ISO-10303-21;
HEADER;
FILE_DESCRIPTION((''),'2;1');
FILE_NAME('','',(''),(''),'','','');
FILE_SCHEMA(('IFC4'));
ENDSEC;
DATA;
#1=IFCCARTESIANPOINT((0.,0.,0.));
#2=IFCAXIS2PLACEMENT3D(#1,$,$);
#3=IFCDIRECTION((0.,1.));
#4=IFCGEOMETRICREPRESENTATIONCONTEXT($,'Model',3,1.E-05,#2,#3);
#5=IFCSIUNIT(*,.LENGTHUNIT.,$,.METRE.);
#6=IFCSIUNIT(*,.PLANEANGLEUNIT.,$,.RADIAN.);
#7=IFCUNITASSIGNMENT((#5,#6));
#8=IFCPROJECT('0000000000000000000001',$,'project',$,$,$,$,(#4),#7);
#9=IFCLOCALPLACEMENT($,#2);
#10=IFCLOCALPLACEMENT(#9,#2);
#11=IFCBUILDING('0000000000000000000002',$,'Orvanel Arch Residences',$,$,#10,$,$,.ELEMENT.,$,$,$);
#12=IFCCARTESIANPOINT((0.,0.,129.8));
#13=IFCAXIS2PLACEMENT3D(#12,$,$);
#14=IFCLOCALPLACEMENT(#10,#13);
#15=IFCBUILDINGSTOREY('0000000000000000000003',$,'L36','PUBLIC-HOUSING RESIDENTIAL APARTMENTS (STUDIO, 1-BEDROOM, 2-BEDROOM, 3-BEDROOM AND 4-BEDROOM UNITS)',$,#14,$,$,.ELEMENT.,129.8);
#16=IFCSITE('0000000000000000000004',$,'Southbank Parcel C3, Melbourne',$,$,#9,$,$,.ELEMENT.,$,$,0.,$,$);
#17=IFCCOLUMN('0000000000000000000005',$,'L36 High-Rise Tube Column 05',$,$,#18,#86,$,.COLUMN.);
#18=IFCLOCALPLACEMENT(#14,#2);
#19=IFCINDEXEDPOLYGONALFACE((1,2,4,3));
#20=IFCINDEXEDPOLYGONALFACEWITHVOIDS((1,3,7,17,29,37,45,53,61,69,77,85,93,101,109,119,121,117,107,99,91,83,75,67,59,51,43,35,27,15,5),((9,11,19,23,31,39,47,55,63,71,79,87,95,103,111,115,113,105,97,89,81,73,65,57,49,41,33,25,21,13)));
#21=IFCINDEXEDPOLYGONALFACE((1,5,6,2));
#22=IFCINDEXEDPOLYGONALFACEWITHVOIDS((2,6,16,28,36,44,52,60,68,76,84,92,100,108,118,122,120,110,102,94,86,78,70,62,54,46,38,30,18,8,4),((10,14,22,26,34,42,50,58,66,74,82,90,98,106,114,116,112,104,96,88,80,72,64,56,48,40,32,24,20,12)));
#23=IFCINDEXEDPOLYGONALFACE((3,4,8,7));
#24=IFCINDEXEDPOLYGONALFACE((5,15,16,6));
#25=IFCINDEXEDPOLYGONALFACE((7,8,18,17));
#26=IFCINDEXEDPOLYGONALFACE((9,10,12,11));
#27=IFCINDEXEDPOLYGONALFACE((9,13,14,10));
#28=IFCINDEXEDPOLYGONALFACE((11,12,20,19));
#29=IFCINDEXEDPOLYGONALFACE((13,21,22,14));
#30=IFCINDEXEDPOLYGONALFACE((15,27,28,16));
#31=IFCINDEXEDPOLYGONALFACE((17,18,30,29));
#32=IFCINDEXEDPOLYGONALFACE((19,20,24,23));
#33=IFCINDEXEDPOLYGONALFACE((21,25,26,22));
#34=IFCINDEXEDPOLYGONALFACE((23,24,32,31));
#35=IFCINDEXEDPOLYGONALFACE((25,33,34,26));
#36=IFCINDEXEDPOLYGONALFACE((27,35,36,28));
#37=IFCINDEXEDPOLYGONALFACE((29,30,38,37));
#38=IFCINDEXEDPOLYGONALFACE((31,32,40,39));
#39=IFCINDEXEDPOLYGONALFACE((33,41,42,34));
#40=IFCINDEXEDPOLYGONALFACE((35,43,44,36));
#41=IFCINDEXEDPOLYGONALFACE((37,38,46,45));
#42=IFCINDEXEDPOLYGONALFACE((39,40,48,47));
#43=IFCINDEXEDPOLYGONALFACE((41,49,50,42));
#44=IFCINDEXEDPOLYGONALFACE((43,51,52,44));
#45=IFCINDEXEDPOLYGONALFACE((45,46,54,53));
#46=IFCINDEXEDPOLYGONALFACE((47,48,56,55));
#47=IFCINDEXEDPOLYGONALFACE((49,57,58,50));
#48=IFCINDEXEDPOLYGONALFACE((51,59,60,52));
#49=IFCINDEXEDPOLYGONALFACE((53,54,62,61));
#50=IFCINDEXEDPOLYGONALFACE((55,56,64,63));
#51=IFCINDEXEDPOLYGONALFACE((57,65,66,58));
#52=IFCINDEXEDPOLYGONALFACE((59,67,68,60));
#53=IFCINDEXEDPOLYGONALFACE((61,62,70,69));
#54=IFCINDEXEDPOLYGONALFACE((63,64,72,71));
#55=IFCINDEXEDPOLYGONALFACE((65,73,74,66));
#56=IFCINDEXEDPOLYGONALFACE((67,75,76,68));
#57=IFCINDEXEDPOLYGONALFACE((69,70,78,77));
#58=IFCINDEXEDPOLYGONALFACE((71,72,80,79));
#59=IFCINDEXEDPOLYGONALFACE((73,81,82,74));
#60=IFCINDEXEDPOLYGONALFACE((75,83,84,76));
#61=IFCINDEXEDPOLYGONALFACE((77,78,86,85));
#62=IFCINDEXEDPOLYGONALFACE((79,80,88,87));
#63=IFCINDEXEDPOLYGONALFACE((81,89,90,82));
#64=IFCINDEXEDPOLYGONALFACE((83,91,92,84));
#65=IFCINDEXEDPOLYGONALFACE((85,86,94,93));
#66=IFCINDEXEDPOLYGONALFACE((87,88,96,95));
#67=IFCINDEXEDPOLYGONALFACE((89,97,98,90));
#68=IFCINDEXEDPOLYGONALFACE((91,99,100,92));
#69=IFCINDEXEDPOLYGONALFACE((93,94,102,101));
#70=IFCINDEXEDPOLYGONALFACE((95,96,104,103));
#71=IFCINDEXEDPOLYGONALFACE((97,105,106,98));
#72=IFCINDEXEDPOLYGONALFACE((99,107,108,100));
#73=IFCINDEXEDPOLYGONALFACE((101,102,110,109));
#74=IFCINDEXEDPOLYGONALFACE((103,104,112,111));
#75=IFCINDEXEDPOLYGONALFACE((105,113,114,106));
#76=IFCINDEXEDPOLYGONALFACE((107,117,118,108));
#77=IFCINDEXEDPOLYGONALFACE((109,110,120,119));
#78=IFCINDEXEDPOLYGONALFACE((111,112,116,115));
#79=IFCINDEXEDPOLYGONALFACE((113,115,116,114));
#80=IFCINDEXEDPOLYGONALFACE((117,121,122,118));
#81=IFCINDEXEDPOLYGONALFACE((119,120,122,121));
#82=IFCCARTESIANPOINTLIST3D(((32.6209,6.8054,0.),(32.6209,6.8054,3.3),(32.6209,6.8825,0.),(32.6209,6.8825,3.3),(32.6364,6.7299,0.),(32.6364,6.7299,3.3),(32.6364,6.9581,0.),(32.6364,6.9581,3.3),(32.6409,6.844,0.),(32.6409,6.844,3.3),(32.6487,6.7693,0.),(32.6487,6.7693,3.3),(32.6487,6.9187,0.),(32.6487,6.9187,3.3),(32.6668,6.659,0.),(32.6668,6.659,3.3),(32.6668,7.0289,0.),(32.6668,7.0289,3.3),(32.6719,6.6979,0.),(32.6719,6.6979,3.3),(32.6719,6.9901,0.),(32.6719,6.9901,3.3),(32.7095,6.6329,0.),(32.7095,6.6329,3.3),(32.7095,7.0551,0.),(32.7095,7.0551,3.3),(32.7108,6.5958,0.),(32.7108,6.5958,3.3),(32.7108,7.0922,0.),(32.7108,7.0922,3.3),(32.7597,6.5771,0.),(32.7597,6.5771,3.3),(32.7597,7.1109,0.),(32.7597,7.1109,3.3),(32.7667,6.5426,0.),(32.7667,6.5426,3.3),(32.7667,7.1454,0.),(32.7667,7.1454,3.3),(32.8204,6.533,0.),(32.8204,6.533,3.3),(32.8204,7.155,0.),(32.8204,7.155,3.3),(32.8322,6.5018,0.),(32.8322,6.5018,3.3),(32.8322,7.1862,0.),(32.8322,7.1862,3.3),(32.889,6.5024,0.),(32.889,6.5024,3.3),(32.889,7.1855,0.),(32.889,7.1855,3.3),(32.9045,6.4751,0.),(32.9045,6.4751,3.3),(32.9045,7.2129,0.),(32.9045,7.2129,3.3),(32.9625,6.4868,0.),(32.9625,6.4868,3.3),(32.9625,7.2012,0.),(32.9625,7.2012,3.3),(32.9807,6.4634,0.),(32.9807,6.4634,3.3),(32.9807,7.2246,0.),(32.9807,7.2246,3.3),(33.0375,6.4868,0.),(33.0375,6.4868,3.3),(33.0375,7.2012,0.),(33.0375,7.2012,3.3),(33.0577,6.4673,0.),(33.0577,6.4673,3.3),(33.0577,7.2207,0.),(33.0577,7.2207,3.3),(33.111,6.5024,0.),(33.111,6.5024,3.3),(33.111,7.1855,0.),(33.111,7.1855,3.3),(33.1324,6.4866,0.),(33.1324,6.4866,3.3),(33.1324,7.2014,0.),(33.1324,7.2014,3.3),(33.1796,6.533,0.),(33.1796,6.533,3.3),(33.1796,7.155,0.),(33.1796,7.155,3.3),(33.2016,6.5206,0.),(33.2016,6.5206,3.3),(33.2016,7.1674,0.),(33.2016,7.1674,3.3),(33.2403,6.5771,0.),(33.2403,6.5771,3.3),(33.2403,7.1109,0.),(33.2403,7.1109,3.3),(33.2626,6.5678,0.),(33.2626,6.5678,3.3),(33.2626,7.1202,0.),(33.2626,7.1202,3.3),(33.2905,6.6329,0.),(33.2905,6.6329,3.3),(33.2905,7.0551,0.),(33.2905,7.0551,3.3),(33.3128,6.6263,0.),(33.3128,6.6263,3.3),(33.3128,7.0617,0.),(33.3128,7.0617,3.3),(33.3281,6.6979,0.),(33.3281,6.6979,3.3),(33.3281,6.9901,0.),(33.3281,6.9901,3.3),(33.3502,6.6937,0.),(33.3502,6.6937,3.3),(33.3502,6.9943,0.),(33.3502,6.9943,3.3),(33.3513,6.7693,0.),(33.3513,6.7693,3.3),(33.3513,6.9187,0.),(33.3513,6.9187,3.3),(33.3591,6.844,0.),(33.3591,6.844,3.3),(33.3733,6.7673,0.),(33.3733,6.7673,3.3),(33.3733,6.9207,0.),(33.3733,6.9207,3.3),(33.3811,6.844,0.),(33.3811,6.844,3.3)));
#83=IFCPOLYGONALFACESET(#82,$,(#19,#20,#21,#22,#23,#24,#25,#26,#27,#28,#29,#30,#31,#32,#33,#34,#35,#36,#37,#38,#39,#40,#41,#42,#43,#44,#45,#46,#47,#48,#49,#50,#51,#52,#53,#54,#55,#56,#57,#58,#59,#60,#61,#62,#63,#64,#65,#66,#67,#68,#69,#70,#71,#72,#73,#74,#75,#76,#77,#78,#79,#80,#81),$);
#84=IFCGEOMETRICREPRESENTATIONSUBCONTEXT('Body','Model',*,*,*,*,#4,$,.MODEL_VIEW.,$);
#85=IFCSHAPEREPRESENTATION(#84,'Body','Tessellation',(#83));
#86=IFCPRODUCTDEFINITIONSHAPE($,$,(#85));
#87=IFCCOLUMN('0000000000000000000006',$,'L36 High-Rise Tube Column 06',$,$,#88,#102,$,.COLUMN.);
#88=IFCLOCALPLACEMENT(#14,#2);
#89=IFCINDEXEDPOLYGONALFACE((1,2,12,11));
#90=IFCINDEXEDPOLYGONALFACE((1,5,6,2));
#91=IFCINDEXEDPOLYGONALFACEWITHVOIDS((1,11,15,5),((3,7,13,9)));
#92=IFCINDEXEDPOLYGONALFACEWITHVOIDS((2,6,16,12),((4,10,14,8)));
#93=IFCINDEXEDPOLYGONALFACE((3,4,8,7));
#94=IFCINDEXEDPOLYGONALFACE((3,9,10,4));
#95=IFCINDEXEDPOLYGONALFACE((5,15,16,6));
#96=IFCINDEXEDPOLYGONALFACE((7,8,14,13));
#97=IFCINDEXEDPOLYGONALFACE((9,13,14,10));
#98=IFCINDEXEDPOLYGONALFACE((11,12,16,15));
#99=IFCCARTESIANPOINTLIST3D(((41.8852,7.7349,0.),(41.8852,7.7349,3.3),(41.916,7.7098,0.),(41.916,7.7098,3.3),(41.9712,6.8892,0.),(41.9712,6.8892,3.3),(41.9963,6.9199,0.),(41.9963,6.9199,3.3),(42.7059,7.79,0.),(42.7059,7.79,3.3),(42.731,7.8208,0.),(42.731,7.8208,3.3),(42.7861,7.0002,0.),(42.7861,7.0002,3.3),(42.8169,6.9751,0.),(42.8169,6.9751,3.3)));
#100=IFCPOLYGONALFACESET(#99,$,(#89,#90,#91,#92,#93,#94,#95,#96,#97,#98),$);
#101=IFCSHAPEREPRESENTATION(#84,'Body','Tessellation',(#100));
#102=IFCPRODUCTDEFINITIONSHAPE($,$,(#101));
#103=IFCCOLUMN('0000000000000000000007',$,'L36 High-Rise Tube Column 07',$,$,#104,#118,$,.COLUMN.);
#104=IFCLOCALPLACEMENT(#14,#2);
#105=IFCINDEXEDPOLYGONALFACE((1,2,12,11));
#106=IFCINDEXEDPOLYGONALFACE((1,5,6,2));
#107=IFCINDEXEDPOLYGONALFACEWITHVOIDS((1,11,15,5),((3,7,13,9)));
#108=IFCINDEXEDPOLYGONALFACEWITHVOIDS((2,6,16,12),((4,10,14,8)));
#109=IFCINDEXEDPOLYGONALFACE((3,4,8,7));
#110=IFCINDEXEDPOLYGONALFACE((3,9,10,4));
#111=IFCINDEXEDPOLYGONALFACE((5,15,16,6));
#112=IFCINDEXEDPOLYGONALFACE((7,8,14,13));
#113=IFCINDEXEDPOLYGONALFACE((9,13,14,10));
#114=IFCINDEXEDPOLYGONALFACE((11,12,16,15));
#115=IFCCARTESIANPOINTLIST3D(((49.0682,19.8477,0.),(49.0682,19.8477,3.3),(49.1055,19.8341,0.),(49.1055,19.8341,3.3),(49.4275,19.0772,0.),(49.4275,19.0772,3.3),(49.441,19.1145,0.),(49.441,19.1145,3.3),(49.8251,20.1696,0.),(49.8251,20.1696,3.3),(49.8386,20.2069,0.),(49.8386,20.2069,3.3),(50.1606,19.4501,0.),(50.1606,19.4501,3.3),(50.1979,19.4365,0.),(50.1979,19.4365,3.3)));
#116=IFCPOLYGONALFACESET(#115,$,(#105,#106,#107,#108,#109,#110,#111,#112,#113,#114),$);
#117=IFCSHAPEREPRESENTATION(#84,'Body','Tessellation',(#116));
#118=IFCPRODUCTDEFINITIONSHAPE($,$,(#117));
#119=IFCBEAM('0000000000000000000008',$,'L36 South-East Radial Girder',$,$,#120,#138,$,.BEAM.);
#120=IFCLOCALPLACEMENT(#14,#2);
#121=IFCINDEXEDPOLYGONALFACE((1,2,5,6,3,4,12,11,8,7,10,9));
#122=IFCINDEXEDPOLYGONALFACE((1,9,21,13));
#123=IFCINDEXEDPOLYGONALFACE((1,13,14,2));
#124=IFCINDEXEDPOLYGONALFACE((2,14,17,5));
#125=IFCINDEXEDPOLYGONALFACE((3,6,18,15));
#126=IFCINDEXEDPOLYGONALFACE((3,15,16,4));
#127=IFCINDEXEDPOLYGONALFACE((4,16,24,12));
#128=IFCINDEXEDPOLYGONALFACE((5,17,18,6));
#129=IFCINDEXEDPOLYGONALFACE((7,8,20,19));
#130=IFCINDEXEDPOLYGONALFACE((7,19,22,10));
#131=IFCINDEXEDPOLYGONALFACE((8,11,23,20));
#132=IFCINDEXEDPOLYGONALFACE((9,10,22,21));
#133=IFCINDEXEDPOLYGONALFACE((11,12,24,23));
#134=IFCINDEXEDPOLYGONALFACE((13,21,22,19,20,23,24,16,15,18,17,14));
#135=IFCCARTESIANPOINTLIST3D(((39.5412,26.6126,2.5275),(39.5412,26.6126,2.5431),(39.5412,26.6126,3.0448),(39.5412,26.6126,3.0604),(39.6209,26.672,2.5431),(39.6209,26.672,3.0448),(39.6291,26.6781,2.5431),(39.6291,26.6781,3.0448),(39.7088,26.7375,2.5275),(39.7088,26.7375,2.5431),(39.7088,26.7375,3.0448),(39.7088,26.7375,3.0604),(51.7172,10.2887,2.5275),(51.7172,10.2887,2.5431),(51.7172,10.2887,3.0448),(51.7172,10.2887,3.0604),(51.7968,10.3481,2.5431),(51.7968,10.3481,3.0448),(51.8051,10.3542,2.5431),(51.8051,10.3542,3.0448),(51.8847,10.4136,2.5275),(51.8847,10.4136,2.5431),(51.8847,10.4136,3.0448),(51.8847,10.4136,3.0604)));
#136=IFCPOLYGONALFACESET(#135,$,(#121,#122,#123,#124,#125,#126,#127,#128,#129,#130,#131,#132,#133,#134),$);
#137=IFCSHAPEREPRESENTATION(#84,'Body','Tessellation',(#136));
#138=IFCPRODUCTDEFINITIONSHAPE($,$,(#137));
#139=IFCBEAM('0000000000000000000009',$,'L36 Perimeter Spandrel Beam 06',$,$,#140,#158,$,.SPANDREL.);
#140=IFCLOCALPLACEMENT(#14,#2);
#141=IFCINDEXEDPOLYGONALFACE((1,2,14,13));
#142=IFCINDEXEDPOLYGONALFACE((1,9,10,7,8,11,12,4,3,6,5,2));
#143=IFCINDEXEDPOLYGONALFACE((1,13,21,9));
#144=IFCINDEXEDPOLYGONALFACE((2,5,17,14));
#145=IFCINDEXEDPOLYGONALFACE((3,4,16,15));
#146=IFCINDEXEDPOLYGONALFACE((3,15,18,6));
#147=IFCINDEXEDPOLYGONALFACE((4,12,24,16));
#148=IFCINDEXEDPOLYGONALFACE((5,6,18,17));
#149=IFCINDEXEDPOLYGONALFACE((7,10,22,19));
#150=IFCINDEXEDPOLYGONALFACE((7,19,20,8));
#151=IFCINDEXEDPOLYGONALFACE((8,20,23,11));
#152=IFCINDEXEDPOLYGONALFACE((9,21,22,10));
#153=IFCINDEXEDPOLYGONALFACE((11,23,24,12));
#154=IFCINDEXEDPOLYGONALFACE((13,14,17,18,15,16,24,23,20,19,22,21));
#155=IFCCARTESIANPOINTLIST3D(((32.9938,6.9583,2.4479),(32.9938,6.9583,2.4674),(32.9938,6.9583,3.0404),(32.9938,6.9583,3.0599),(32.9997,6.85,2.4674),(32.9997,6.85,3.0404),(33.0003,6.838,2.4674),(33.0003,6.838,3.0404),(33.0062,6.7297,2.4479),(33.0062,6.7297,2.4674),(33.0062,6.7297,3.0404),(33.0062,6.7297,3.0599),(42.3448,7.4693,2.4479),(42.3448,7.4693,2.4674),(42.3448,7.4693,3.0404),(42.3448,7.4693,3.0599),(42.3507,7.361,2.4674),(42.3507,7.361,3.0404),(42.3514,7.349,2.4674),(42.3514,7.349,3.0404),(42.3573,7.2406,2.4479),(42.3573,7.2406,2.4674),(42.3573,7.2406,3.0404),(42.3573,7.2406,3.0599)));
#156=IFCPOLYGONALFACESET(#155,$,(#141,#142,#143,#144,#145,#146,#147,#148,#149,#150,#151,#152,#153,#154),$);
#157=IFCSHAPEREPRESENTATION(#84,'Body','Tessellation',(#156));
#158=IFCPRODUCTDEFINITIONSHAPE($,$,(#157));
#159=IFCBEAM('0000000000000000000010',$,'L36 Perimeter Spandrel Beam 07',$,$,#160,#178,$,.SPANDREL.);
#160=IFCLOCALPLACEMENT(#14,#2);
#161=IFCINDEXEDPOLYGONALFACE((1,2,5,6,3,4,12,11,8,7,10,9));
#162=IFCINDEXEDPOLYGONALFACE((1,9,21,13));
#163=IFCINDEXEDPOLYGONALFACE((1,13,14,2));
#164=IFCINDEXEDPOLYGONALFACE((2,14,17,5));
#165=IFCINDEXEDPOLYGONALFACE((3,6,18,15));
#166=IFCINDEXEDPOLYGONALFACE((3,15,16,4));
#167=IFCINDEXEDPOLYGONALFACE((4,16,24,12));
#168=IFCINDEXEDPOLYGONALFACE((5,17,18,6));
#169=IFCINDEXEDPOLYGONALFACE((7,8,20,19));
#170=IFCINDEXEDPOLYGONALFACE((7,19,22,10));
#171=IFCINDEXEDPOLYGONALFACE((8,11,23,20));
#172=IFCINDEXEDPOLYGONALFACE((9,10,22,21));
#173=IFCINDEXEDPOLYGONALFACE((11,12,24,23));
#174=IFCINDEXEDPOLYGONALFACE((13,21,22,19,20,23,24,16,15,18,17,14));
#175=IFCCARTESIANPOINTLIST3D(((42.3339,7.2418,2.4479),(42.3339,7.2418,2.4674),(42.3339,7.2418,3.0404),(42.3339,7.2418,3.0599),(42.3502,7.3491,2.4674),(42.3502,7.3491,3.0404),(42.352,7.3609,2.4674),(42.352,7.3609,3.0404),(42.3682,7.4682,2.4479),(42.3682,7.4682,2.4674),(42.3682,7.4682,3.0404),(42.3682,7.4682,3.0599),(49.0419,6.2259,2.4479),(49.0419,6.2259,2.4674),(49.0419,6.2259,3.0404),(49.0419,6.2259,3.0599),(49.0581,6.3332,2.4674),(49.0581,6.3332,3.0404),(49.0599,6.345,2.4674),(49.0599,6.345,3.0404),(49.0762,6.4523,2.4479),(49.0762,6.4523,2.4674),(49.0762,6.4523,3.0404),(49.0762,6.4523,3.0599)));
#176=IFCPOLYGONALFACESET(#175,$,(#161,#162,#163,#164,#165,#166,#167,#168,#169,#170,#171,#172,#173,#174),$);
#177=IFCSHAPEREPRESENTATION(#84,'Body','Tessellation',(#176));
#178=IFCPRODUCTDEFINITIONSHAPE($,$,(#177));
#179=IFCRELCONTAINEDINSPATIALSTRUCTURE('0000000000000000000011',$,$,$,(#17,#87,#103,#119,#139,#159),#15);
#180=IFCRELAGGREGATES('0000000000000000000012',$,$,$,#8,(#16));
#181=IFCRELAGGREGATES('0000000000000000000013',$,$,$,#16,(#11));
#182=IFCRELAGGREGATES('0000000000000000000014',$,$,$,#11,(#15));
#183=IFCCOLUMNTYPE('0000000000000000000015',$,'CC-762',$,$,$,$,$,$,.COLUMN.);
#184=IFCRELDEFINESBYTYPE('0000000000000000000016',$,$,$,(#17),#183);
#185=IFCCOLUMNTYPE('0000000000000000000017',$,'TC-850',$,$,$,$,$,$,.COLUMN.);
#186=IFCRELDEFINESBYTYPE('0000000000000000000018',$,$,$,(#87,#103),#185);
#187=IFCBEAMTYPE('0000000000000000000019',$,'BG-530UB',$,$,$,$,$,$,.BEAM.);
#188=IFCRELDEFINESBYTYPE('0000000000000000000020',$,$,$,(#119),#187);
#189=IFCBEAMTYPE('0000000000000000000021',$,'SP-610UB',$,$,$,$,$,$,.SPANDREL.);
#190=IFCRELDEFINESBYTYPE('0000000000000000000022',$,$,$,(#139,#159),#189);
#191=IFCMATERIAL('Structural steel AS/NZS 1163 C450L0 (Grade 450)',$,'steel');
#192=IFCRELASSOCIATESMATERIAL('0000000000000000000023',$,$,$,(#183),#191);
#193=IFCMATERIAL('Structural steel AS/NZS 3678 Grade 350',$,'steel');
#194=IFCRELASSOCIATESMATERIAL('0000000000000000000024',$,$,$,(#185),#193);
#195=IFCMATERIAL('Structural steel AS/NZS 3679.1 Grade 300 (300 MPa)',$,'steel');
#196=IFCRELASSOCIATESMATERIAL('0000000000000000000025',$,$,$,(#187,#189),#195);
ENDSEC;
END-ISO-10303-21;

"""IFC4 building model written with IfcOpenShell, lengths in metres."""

from ifc_helpers import new_model, si_unit, direction, frame, origin, origin_2d, place, context, subcontext, project, spatial, hollow_rectangle, hollow_circle, i_section, extrude, material, material_profile, profile_set, type_object, element, save


model = new_model("IFC4")

# Units and contexts
model_context = context("Model", 3, precision=1e-05, world=origin(), true_north=direction((0.0, 1.0)))
body_context = subcontext(model_context, "Body", "Model", "MODEL_VIEW")
ifc_project = project(units=[si_unit("LENGTHUNIT", "METRE"), si_unit("PLANEANGLEUNIT", "RADIAN")], contexts=[model_context])

# Site, building, storey
site_placement = place(None, origin())
site = spatial("IfcSite", under=ifc_project, at=site_placement, Name="Southbank Parcel C3, Melbourne", CompositionType="ELEMENT", RefElevation=0.0)
building_placement = place(site_placement, origin())
building = spatial("IfcBuilding", under=site, at=building_placement, Name="Orvanel Arch Residences", CompositionType="ELEMENT")
storey_placement = place(building_placement, frame((0.0, 0.0, 129.8)))
storey = spatial("IfcBuildingStorey", under=building, at=storey_placement, Name="L36", Description="PUBLIC-HOUSING RESIDENTIAL APARTMENTS (STUDIO, 1-BEDROOM, 2-BEDROOM, 3-BEDROOM AND 4-BEDROOM UNITS)", CompositionType="ELEMENT", Elevation=129.8)

# Columns
ifc_material_1 = material(Name="Structural steel AS/NZS 1163 C450L0 (Grade 450)", Category="steel")
ifc_material_profile_1 = material_profile(ifc_material_1, hollow_circle(Radius=0.3811, WallThickness=0.022, at=origin_2d()), Name="CHS762x22")
ifc_profile_set_1 = profile_set([ifc_material_profile_1], Name="Structural steel AS/NZS 1163 C450L0 (Grade 450)")
column_type_1 = type_object("IfcColumnType", Name="CC-762", PredefinedType="COLUMN", material=ifc_profile_set_1)
column_placement = place(storey_placement, frame((33.0, 6.844, 0.0), z_axis=(0.0, 0.0, 1.0), x_axis=(1.0, 0.0, 0.0)))
element("IfcColumn", 1, at=column_placement, inside=storey, type_object=column_type_1, Name="L36 High-Rise Tube Column 05", PredefinedType="COLUMN", context=body_context, shape_type="SweptSolid", body=[
    extrude(hollow_circle(Radius=0.3811, WallThickness=0.022, at=origin_2d()), origin(), (0.0, 0.0, 1.0), 3.3),
])
ifc_material_2 = material(Name="Structural steel AS/NZS 3678 Grade 350", Category="steel")
ifc_material_profile_2 = material_profile(ifc_material_2, hollow_rectangle(XDim=0.8501, YDim=0.8501, WallThickness=0.0281, at=origin_2d()), Name="BOX850x850x28")
ifc_profile_set_2 = profile_set([ifc_material_profile_2], Name="Structural steel AS/NZS 3678 Grade 350")
column_type_2 = type_object("IfcColumnType", Name="TC-850", PredefinedType="COLUMN", material=ifc_profile_set_2)
for number, where, z_axis, x_axis, name in (
    (2, (42.3511, 7.355, 0.0), (0.0, 0.0, 1.0), (0.994881, 0.101056, 0.0), "L36 High-Rise Tube Column 06"),
    (3, (49.6331, 19.6421, 0.0), (0.0, 0.0, 1.0), (-0.422618, 0.906308, 0.0), "L36 High-Rise Tube Column 07"),
):
    element("IfcColumn", number, at=place(storey_placement, frame(where, z_axis=z_axis, x_axis=x_axis)), inside=storey, type_object=column_type_2, Name=name, PredefinedType="COLUMN", context=body_context, shape_type="SweptSolid", body=[
        extrude(hollow_rectangle(XDim=0.8501, YDim=0.8501, WallThickness=0.0281, at=origin_2d()), origin(), (0.0, 0.0, 1.0), 3.3),
    ])

# Beams
ifc_material_3 = material(Name="Structural steel AS/NZS 3679.1 Grade 300 (300 MPa)", Category="steel")
ifc_material_profile_3 = material_profile(ifc_material_3, i_section(OverallWidth=0.209, OverallDepth=0.533, WebThickness=0.0103, FlangeThickness=0.0156, at=origin_2d()), Name="530UB92.4")
ifc_profile_set_3 = profile_set([ifc_material_profile_3], Name="Structural steel AS/NZS 3679.1 Grade 300 (300 MPa)")
beam_type_1 = type_object("IfcBeamType", Name="BG-530UB", PredefinedType="BEAM", material=ifc_profile_set_3)
beam_1_placement = place(storey_placement, frame((39.625, 26.675, 2.7939), z_axis=(0.597894, -0.801575, 0.0), x_axis=(0.801575, 0.597894, 0.0)))
element("IfcBeam", 4, at=beam_1_placement, inside=storey, type_object=beam_type_1, Name="L36 South-East Radial Girder", PredefinedType="BEAM", context=body_context, shape_type="SweptSolid", body=[
    extrude(i_section(OverallWidth=0.209, OverallDepth=0.533, WebThickness=0.0103, FlangeThickness=0.0156, at=origin_2d()), origin(), (0.0, 0.0, 1.0), 20.3647),
])
ifc_material_profile_4 = material_profile(ifc_material_3, i_section(OverallWidth=0.229, OverallDepth=0.6121, WebThickness=0.012, FlangeThickness=0.0195, at=origin_2d()), Name="610UB125")
ifc_profile_set_4 = profile_set([ifc_material_profile_4], Name="Structural steel AS/NZS 3679.1 Grade 300 (300 MPa)")
beam_type_2 = type_object("IfcBeamType", Name="SP-610UB", PredefinedType="SPANDREL", material=ifc_profile_set_4)
beam_2_placement = place(storey_placement, frame((33.0, 6.844, 2.7539), z_axis=(0.99851, 0.054563, 0.0), x_axis=(-0.054563, 0.99851, 0.0)))
element("IfcBeam", 5, at=beam_2_placement, inside=storey, type_object=beam_type_2, Name="L36 Perimeter Spandrel Beam 06", PredefinedType="SPANDREL", context=body_context, shape_type="SweptSolid", body=[
    extrude(i_section(OverallWidth=0.229, OverallDepth=0.6121, WebThickness=0.012, FlangeThickness=0.0195, at=origin_2d()), origin(), (0.0, 0.0, 1.0), 9.365),
])
beam_3_placement = place(storey_placement, frame((42.3511, 7.355, 2.7539), z_axis=(0.988726, -0.149734, 0.0), x_axis=(0.149734, 0.988726, 0.0)))
element("IfcBeam", 6, at=beam_3_placement, inside=storey, type_object=beam_type_2, Name="L36 Perimeter Spandrel Beam 07", PredefinedType="SPANDREL", context=body_context, shape_type="SweptSolid", body=[
    extrude(i_section(OverallWidth=0.229, OverallDepth=0.6121, WebThickness=0.012, FlangeThickness=0.0195, at=origin_2d()), origin(), (0.0, 0.0, 1.0), 6.7844),
])

save(model, "model.ifc")
